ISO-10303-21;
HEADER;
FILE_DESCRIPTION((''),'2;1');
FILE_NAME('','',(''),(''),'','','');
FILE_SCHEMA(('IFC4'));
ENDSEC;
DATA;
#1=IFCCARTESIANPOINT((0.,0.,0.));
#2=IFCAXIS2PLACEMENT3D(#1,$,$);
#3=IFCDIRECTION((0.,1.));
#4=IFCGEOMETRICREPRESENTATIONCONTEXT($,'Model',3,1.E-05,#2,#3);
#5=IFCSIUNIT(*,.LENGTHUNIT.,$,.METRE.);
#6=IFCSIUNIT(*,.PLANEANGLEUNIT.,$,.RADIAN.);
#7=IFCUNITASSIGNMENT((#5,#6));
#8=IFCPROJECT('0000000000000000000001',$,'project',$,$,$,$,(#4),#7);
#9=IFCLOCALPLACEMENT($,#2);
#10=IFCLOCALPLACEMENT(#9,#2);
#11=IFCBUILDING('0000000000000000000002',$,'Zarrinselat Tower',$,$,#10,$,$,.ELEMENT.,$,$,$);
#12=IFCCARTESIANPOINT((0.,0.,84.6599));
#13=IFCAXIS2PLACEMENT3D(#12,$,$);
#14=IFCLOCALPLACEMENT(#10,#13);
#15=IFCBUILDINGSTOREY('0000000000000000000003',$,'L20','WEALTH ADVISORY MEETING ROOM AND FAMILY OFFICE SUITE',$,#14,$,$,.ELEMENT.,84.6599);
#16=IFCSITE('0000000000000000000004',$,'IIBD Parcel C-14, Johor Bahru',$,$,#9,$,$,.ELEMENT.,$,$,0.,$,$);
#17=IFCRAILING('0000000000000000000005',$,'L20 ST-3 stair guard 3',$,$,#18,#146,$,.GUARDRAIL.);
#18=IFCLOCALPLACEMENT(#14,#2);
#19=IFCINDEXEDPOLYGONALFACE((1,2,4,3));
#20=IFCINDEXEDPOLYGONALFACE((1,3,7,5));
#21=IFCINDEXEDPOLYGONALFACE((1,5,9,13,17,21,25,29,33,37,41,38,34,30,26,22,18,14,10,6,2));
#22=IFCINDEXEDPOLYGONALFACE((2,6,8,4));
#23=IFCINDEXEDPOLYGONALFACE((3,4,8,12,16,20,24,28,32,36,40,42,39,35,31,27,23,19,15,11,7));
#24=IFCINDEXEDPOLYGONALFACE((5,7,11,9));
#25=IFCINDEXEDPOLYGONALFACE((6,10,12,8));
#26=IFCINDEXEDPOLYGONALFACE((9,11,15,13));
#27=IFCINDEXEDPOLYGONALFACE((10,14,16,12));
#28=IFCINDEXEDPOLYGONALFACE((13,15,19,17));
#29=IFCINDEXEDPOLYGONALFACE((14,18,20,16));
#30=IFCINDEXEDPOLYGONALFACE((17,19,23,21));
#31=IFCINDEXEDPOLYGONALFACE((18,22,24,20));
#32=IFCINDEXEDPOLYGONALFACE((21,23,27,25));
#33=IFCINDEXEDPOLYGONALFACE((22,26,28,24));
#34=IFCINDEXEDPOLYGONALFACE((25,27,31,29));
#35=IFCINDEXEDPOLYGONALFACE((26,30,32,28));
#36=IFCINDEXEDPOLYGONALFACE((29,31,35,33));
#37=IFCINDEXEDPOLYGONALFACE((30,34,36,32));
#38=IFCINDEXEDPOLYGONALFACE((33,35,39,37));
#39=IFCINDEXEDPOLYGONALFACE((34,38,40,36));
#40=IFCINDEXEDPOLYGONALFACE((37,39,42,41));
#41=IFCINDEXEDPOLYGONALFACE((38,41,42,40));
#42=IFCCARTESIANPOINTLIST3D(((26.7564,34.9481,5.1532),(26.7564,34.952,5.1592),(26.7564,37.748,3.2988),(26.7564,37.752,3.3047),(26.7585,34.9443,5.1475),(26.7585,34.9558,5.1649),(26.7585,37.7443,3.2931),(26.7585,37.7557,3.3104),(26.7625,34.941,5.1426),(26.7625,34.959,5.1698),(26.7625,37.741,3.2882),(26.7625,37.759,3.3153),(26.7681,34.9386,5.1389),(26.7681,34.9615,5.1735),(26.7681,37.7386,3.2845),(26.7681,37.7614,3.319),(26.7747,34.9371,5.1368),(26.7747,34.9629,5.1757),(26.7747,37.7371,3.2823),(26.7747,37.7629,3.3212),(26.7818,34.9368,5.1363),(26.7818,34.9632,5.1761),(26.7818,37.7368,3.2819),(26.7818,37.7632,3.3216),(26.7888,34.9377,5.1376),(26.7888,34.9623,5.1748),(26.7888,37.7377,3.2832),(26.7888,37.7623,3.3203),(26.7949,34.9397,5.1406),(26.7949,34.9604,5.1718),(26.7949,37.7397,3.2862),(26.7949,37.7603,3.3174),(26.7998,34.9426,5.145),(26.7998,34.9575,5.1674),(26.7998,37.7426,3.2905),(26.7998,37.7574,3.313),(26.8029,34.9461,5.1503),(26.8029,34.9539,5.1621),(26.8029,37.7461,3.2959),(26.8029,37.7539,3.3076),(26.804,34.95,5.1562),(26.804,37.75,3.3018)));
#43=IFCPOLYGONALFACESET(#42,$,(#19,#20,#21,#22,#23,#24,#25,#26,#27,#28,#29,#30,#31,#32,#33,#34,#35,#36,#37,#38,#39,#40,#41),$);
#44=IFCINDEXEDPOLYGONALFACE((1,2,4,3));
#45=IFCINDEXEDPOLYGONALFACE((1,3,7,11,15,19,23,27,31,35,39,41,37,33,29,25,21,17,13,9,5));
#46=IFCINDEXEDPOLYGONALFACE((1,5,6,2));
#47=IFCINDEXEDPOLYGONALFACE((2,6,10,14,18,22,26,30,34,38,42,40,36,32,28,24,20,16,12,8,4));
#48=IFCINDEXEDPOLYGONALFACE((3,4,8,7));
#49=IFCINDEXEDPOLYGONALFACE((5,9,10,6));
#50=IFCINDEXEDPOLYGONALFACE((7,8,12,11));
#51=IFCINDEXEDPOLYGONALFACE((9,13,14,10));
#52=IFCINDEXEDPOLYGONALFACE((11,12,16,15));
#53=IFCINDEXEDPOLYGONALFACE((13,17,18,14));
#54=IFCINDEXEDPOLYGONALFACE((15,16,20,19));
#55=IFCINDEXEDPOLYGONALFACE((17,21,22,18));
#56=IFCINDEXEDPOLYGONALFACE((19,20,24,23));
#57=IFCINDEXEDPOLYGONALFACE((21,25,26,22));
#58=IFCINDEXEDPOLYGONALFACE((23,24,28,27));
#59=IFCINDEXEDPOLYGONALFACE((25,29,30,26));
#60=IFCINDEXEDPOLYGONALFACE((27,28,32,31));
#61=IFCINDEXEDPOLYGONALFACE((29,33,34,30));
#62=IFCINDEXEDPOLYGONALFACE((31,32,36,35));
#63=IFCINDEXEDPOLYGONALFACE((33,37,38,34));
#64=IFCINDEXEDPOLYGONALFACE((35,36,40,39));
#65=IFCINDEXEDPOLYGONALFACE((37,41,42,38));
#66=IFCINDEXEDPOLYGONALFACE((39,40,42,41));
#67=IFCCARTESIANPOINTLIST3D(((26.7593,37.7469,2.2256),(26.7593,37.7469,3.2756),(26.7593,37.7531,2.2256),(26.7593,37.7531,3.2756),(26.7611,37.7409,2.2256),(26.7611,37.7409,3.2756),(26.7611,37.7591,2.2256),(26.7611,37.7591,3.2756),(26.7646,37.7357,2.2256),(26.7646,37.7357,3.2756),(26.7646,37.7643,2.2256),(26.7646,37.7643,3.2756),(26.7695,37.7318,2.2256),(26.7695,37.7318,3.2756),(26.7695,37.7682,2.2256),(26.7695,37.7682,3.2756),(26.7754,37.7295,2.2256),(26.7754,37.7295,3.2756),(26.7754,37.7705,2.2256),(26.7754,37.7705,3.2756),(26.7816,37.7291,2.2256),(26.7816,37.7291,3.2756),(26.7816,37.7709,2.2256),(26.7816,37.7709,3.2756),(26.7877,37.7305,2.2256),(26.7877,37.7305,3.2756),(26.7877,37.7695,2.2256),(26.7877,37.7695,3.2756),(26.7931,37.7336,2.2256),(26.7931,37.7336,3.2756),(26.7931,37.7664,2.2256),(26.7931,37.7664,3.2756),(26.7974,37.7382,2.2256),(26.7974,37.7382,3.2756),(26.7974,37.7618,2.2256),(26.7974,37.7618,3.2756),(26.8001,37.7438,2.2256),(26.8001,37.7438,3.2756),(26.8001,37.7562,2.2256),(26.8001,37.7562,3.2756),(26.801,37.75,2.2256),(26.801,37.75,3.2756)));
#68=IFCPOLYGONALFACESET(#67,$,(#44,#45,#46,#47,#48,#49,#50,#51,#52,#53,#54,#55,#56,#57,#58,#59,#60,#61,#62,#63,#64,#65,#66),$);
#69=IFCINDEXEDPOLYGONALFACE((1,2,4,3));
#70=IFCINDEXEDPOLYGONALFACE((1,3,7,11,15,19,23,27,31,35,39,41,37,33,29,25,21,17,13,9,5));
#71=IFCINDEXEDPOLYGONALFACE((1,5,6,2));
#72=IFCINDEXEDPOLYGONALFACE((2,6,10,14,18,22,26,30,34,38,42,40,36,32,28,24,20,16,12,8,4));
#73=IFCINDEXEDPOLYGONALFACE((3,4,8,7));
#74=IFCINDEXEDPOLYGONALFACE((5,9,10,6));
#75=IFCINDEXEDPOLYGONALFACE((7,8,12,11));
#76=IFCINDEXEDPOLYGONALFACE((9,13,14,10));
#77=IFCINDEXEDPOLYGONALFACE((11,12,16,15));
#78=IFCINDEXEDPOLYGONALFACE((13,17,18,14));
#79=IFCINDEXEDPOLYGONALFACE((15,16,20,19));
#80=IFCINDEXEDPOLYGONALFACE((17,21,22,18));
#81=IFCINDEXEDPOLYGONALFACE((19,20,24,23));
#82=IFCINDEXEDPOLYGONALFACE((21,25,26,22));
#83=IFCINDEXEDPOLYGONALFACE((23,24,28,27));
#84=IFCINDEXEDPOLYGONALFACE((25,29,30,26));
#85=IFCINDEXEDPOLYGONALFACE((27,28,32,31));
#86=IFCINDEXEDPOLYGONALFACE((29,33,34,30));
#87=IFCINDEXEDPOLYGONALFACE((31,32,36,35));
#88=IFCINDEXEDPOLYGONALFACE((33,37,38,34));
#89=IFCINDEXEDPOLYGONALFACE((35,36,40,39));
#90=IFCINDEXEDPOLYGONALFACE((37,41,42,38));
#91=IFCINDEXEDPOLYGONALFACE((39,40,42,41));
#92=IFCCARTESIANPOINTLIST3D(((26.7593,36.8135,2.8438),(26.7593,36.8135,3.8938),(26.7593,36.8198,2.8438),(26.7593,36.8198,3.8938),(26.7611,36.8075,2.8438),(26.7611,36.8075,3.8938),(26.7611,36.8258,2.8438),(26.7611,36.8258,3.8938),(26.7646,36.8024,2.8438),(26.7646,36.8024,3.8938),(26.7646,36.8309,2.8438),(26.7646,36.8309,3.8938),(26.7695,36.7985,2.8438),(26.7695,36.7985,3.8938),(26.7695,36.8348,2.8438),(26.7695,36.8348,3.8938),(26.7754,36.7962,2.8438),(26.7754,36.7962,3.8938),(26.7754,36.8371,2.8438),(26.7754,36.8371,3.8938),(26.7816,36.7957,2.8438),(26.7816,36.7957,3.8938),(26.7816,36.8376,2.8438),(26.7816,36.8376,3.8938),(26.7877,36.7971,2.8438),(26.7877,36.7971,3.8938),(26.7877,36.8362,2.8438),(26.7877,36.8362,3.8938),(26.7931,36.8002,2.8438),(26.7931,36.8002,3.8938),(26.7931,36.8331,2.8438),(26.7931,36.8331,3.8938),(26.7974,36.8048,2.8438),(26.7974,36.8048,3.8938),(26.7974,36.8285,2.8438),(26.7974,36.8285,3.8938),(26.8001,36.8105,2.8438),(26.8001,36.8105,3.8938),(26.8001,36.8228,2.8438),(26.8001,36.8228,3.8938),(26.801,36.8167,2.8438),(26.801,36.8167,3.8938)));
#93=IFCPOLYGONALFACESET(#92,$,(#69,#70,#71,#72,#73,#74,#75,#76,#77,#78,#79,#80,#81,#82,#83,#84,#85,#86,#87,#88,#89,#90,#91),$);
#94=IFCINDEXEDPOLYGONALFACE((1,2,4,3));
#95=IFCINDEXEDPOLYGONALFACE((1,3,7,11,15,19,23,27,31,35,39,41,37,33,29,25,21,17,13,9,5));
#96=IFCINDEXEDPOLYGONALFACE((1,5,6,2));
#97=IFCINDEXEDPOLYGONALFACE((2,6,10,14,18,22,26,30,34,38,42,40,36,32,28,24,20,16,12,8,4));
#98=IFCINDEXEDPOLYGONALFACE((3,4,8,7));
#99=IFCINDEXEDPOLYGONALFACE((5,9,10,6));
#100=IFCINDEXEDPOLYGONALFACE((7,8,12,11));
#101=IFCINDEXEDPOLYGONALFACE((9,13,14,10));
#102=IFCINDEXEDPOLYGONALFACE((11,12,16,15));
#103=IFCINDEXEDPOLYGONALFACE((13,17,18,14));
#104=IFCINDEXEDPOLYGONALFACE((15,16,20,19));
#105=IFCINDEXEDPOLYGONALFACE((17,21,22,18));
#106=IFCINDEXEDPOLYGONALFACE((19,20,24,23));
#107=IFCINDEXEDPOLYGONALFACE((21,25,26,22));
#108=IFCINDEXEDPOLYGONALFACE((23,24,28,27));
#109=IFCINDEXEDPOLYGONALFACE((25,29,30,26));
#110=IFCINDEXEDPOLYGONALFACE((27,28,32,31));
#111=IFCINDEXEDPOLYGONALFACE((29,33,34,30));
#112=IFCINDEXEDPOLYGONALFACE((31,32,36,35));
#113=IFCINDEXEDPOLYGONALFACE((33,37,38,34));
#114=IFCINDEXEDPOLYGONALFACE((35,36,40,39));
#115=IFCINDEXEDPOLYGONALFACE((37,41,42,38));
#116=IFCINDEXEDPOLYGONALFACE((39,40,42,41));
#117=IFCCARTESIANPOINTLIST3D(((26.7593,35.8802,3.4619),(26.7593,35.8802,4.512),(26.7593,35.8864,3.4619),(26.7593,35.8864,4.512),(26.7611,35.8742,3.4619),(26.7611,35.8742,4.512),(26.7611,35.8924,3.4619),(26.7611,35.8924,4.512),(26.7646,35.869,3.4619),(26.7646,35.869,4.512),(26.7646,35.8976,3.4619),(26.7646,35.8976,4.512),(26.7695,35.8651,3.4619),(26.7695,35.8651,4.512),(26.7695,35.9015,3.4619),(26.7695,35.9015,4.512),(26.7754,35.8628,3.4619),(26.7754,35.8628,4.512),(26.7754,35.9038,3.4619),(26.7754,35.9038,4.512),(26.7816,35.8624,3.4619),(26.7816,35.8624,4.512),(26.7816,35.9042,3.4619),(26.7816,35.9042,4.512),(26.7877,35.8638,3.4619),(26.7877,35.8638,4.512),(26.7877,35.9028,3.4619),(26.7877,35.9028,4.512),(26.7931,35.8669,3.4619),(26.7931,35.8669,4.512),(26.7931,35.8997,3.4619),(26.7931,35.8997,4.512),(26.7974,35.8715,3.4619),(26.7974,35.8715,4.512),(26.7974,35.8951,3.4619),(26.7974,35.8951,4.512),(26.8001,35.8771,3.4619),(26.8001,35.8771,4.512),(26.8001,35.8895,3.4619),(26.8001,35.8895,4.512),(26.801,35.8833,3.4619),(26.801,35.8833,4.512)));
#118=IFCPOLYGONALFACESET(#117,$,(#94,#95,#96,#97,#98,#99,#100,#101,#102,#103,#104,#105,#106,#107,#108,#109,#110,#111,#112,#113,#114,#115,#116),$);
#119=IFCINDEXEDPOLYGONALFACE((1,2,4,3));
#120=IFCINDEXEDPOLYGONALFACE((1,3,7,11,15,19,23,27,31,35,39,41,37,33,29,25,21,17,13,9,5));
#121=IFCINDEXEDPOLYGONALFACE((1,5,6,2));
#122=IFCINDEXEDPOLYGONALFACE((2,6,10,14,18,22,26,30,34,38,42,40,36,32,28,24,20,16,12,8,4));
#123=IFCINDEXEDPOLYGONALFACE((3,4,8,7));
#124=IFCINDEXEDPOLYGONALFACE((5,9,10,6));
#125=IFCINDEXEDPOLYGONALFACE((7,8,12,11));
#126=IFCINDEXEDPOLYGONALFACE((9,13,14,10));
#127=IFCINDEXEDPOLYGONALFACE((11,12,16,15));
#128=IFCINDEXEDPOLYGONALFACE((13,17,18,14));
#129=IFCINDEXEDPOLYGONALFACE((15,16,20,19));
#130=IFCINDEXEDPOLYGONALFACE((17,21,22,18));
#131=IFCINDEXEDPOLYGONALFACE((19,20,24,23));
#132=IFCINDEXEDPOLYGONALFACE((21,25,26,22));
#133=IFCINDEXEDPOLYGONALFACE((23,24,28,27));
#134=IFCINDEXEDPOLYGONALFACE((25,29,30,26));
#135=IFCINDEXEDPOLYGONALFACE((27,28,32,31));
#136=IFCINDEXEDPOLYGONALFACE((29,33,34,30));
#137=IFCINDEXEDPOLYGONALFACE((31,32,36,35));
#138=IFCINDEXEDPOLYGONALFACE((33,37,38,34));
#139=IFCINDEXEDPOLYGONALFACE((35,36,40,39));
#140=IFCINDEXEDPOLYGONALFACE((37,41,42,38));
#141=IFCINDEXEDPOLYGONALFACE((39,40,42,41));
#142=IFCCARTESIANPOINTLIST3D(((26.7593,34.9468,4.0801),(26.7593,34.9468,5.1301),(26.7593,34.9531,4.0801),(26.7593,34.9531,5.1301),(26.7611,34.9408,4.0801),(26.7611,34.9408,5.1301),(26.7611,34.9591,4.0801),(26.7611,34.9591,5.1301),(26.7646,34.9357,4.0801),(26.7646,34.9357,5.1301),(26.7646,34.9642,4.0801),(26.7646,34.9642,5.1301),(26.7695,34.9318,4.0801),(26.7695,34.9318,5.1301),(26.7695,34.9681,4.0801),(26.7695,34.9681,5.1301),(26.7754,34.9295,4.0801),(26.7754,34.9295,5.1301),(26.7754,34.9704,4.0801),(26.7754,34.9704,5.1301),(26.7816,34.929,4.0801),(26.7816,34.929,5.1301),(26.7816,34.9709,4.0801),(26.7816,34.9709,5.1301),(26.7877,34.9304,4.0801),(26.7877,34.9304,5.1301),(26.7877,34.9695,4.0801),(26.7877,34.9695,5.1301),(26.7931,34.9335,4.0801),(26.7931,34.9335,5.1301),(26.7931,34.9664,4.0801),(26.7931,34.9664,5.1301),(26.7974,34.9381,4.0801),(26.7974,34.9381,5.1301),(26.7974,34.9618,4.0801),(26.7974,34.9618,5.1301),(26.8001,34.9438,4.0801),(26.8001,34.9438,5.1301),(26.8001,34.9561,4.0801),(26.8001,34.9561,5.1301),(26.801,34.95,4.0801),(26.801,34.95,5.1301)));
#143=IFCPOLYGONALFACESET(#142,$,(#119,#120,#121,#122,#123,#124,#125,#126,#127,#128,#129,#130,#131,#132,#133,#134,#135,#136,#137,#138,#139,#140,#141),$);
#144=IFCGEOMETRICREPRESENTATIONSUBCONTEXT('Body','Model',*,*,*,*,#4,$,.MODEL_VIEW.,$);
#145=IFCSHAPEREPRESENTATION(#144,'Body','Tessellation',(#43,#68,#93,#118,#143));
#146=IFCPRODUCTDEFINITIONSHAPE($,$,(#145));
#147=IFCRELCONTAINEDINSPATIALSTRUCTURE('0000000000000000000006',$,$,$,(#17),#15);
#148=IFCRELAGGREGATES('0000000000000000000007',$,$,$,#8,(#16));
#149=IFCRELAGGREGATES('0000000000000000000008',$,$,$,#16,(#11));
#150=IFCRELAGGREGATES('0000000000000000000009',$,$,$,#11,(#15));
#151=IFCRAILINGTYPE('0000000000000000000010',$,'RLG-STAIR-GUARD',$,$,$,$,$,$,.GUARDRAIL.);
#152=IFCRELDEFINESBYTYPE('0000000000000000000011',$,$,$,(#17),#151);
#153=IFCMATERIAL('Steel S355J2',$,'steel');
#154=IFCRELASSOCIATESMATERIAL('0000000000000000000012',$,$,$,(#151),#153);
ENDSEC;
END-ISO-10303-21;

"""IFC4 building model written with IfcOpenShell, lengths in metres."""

from ifc_helpers import new_model, si_unit, direction, frame, origin, origin_2d, place, context, subcontext, project, spatial, circle, extrude, material, type_object, element, save


model = new_model("IFC4")

# Units and contexts
model_context = context("Model", 3, precision=1e-05, world=origin(), true_north=direction((0.0, 1.0)))
body_context = subcontext(model_context, "Body", "Model", "MODEL_VIEW")
ifc_project = project(units=[si_unit("LENGTHUNIT", "METRE"), si_unit("PLANEANGLEUNIT", "RADIAN")], contexts=[model_context])

# Site, building, storey
site_placement = place(None, origin())
site = spatial("IfcSite", under=ifc_project, at=site_placement, Name="IIBD Parcel C-14, Johor Bahru", CompositionType="ELEMENT", RefElevation=0.0)
building_placement = place(site_placement, origin())
building = spatial("IfcBuilding", under=site, at=building_placement, Name="Zarrinselat Tower", CompositionType="ELEMENT")
storey_placement = place(building_placement, frame((0.0, 0.0, 84.6599)))
storey = spatial("IfcBuildingStorey", under=building, at=storey_placement, Name="L20", Description="WEALTH ADVISORY MEETING ROOM AND FAMILY OFFICE SUITE", CompositionType="ELEMENT", Elevation=84.6599)

# Railing
ifc_material_1 = material(Name="Steel S355J2", Category="steel")
railing_type_1 = type_object("IfcRailingType", Name="RLG-STAIR-GUARD", PredefinedType="GUARDRAIL", material=ifc_material_1)
railing_1_placement = place(storey_placement, frame((26.78, 37.75, 2.2256)))
element("IfcRailing", 1, at=railing_1_placement, inside=storey, type_object=railing_type_1, Name="L20 ST-3 stair guard 3", PredefinedType="GUARDRAIL", context=body_context, shape_type="SweptSolid", body=[
    extrude(circle(Radius=0.0239, at=origin_2d()), frame((0.0, 0.0, 1.0762), z_axis=(0.0, -0.833724, 0.552181), x_axis=(1.0, 0.0, 0.0)), (0.0, 0.0, 1.0), 3.3584),
    extrude(circle(Radius=0.021, at=origin_2d()), origin(), (0.0, 0.0, 1.0), 1.05),
    extrude(circle(Radius=0.021, at=origin_2d()), frame((0.0, -0.9333, 0.6182)), (0.0, 0.0, 1.0), 1.05),
    extrude(circle(Radius=0.021, at=origin_2d()), frame((0.0, -1.8667, 1.2363)), (0.0, 0.0, 1.0), 1.05),
    extrude(circle(Radius=0.021, at=origin_2d()), frame((0.0, -2.8, 1.8545)), (0.0, 0.0, 1.0), 1.05),
])

save(model, "model.ifc")
